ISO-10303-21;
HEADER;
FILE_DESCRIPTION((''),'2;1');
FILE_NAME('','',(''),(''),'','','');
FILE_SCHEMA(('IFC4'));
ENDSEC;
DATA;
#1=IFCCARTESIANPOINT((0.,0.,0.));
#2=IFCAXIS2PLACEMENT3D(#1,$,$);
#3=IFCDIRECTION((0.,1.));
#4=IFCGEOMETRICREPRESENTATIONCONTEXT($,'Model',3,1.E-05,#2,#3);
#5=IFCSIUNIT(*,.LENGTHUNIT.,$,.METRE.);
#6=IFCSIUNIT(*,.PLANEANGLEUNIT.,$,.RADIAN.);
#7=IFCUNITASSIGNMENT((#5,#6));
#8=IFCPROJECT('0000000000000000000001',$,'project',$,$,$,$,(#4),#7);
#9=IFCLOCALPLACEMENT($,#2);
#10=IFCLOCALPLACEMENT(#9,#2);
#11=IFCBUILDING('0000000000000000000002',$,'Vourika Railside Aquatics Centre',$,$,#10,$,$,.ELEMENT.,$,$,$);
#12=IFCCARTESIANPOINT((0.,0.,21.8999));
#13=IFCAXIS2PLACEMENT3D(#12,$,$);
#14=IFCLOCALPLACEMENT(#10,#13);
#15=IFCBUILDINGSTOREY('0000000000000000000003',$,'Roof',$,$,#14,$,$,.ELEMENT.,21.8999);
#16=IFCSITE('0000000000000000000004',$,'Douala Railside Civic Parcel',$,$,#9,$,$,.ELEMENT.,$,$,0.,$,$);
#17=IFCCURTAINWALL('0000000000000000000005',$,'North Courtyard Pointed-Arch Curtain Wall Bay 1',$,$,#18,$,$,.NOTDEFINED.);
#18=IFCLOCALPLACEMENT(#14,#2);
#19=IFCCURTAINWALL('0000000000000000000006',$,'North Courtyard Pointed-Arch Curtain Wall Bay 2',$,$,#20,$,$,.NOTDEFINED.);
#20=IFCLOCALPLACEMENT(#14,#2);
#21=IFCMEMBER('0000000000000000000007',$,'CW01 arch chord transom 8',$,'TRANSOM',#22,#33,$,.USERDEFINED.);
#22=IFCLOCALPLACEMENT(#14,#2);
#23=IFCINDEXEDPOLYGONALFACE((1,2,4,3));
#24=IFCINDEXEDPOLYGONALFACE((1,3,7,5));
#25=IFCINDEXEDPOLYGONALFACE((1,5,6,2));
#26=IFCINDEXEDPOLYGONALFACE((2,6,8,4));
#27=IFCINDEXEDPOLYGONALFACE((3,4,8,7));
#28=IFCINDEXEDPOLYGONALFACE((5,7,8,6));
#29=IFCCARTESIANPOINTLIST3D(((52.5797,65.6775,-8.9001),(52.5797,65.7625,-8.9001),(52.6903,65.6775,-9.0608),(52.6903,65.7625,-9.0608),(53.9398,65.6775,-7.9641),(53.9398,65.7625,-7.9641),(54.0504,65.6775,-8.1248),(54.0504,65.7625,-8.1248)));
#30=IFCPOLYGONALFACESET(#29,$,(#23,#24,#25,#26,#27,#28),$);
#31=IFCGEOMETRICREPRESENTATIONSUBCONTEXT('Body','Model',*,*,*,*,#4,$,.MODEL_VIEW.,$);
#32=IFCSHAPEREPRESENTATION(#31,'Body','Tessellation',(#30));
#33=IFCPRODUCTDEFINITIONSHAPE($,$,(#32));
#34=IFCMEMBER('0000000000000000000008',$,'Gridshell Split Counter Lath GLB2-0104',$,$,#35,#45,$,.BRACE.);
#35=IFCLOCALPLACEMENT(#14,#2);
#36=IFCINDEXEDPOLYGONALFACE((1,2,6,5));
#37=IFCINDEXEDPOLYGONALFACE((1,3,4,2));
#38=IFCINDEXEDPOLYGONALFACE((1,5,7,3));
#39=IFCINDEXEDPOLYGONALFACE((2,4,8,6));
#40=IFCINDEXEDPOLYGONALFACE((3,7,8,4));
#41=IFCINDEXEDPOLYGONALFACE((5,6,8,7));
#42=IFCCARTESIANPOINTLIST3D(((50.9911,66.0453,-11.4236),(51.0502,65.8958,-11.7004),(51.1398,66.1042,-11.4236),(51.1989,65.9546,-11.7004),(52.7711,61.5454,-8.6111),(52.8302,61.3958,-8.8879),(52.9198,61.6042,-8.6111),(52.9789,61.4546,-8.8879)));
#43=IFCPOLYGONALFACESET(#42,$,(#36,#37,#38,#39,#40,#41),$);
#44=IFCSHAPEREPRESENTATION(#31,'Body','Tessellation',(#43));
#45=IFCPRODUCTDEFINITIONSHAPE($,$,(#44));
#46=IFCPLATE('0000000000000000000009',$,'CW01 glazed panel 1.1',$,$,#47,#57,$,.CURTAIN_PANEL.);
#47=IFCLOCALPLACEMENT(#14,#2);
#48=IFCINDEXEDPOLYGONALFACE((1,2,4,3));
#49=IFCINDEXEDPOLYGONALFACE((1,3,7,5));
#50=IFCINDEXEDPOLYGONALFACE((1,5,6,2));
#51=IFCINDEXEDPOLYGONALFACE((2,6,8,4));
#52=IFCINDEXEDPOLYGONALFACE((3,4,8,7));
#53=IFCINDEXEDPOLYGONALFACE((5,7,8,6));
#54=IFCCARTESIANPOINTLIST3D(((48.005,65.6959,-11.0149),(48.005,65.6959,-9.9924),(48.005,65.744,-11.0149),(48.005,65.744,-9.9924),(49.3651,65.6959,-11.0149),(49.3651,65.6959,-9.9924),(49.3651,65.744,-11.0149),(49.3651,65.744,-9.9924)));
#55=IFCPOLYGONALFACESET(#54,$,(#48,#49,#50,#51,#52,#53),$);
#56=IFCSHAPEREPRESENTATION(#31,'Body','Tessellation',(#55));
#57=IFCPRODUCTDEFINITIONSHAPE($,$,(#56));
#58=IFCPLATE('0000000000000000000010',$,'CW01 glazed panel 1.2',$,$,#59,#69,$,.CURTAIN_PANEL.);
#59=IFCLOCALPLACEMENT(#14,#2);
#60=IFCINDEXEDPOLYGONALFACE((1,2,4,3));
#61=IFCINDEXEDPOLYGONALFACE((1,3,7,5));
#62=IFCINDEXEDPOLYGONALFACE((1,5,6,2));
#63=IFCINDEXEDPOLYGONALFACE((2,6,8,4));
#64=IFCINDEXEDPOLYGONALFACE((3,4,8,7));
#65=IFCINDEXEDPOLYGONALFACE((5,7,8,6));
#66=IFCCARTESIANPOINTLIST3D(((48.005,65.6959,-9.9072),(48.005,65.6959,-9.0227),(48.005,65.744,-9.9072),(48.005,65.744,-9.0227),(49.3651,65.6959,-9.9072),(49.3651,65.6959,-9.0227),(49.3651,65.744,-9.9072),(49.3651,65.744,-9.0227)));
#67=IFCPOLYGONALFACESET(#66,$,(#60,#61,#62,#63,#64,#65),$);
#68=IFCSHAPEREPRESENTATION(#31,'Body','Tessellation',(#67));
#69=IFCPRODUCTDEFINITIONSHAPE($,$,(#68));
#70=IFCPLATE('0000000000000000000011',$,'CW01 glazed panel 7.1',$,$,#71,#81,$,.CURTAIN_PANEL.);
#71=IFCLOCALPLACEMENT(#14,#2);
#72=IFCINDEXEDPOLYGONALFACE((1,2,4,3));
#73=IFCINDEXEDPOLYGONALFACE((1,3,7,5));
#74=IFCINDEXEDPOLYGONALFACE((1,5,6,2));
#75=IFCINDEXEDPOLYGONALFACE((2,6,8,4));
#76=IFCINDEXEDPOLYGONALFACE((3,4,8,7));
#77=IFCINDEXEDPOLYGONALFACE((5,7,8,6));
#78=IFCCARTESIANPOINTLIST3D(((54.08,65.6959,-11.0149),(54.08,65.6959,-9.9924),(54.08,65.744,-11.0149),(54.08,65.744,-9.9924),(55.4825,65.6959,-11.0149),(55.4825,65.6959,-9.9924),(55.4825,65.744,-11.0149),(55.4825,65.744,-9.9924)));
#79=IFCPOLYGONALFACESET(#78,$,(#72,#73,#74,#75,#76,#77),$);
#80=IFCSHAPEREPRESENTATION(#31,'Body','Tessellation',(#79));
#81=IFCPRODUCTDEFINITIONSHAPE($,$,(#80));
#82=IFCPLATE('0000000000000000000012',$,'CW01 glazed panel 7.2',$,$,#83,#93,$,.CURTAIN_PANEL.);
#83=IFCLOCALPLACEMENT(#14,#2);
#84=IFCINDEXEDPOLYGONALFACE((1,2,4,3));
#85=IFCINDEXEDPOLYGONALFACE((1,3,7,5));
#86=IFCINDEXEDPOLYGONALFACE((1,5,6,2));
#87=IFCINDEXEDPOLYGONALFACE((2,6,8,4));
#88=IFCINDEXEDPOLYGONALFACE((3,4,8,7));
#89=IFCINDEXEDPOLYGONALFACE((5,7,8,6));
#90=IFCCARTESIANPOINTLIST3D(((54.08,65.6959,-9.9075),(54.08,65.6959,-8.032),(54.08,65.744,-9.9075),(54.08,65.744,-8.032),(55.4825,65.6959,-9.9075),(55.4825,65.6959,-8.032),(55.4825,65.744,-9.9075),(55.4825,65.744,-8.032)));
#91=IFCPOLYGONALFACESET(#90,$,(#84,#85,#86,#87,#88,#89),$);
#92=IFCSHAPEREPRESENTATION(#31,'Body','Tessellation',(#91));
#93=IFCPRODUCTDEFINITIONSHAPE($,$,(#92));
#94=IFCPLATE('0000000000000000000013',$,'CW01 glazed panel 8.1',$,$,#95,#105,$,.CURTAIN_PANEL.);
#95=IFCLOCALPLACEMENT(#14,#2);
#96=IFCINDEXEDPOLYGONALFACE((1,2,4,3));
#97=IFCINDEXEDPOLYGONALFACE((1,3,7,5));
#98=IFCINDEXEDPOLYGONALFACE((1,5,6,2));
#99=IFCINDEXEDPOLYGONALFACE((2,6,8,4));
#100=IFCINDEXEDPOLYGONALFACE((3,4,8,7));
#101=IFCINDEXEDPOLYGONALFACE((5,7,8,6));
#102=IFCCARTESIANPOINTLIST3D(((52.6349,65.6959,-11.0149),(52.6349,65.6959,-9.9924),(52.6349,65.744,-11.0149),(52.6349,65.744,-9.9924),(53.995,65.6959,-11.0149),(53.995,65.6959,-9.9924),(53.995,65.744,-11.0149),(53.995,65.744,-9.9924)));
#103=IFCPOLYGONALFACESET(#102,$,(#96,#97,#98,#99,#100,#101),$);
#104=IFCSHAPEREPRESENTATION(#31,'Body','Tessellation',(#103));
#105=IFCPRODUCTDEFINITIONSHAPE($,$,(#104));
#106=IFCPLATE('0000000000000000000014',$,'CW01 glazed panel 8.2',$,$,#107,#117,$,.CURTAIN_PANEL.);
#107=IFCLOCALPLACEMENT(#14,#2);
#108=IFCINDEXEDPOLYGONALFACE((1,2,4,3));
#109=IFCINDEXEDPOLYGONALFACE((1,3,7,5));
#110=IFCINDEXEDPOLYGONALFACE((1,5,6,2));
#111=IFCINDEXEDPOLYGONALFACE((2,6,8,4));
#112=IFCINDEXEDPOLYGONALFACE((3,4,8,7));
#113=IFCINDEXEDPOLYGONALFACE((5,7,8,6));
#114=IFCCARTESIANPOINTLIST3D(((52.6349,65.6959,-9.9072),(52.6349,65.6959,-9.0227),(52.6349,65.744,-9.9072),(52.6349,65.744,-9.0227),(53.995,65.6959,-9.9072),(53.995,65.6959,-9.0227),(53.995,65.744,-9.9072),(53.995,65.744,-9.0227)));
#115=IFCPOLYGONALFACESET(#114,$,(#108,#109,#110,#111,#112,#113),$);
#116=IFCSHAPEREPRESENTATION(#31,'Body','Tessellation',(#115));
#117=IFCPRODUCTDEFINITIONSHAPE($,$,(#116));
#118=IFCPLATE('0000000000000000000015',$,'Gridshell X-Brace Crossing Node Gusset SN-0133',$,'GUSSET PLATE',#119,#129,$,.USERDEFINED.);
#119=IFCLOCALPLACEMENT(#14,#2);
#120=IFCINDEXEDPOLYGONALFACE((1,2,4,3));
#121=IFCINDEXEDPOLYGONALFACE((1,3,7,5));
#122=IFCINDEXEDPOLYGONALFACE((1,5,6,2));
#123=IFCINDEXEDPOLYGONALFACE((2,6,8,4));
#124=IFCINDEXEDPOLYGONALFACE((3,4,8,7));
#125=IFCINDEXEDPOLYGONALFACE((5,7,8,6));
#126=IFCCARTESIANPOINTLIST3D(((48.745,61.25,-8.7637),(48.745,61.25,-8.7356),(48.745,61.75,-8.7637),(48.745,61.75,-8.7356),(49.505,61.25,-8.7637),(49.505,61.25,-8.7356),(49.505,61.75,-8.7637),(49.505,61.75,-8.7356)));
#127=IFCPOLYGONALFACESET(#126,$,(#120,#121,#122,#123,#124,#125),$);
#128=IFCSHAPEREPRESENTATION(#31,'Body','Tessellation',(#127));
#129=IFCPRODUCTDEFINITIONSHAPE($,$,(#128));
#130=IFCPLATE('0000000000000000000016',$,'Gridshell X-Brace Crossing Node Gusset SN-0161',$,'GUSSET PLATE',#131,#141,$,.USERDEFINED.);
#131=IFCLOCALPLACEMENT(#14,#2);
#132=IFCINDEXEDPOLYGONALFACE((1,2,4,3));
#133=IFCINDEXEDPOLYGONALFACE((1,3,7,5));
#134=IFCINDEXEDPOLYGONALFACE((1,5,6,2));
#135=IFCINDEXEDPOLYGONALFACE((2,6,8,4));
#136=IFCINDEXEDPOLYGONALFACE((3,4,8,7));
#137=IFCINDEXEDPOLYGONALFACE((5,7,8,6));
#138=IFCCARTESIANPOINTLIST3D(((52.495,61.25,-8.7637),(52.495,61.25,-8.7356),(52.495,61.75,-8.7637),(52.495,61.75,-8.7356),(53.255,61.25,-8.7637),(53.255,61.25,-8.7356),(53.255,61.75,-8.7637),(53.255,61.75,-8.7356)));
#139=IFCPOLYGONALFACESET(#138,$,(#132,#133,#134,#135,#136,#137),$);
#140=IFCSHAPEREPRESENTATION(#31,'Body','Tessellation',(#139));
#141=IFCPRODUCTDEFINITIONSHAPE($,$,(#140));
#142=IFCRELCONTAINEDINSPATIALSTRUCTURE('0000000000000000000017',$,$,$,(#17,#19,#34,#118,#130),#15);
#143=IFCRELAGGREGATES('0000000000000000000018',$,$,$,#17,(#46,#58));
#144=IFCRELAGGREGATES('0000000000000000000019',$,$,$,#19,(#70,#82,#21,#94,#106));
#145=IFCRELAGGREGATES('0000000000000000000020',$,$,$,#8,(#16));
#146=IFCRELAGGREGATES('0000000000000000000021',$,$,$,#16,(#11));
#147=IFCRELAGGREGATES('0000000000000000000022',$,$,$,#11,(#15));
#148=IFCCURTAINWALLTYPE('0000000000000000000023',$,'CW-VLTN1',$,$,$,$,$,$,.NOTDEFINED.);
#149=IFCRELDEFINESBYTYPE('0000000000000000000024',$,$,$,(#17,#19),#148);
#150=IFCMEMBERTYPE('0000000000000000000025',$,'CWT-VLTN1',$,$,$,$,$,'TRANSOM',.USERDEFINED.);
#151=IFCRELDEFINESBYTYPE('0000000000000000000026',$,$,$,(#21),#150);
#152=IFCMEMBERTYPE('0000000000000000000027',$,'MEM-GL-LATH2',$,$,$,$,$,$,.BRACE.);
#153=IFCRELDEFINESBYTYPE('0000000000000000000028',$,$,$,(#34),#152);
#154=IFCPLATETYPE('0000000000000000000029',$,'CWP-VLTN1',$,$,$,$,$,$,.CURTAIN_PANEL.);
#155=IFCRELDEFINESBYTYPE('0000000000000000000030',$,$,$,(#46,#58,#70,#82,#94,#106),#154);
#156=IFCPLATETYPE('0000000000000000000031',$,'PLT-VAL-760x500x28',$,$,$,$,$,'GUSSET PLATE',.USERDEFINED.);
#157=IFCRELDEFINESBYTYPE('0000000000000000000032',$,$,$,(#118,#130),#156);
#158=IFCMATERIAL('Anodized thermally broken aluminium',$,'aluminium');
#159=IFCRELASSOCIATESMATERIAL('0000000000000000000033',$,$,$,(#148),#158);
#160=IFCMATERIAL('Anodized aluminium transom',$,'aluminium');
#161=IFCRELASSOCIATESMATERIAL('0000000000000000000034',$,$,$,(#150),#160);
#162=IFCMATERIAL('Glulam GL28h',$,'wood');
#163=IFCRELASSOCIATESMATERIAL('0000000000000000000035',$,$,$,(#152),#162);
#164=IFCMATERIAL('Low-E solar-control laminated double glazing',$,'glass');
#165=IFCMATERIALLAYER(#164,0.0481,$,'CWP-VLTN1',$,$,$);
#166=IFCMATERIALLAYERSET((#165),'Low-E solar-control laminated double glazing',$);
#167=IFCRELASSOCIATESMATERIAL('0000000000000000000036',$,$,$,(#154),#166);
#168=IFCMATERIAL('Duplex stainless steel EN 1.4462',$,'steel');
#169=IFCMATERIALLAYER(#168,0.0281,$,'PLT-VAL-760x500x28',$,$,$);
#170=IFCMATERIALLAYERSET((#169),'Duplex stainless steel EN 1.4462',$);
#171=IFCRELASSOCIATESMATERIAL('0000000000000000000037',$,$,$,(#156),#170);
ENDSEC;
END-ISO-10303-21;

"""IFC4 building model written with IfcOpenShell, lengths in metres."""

from ifc_helpers import new_model, si_unit, direction, frame, origin, origin_2d, place, context, subcontext, project, spatial, rectangle, extrude, material, layer, layer_set, material_profile, profile_set, type_object, element, aggregate, save


model = new_model("IFC4")

# Units and contexts
model_context = context("Model", 3, precision=1e-05, world=origin(), true_north=direction((0.0, 1.0)))
body_context = subcontext(model_context, "Body", "Model", "MODEL_VIEW")
ifc_project = project(units=[si_unit("LENGTHUNIT", "METRE"), si_unit("PLANEANGLEUNIT", "RADIAN")], contexts=[model_context])

# Site, building, storey
site_placement = place(None, origin())
site = spatial("IfcSite", under=ifc_project, at=site_placement, Name="Douala Railside Civic Parcel", CompositionType="ELEMENT", RefElevation=0.0)
building_placement = place(site_placement, origin())
building = spatial("IfcBuilding", under=site, at=building_placement, Name="Vourika Railside Aquatics Centre", CompositionType="ELEMENT")
storey_placement = place(building_placement, frame((0.0, 0.0, 21.8999)))
storey = spatial("IfcBuildingStorey", under=building, at=storey_placement, Name="Roof", CompositionType="ELEMENT", Elevation=21.8999)

# Curtain walls
ifc_material_1 = material(Name="Anodized thermally broken aluminium", Category="aluminium")
curtain_wall_type = type_object("IfcCurtainWallType", Name="CW-VLTN1", PredefinedType="NOTDEFINED", material=ifc_material_1)
curtain_wall_1_placement = place(storey_placement, origin())
curtain_wall_1 = element("IfcCurtainWall", 1, at=curtain_wall_1_placement, inside=storey, type_object=curtain_wall_type, Name="North Courtyard Pointed-Arch Curtain Wall Bay 1", PredefinedType="NOTDEFINED")
curtain_wall_2_placement = place(storey_placement, origin())
curtain_wall_2 = element("IfcCurtainWall", 2, at=curtain_wall_2_placement, inside=storey, type_object=curtain_wall_type, Name="North Courtyard Pointed-Arch Curtain Wall Bay 2", PredefinedType="NOTDEFINED")

# Members
ifc_material_2 = material(Name="Anodized aluminium transom", Category="aluminium")
ifc_material_profile_1 = material_profile(ifc_material_2, rectangle(XDim=0.085, YDim=0.1951, at=origin_2d()), Name="ALU-T 85x195")
ifc_profile_set_1 = profile_set([ifc_material_profile_1], Name="Anodized aluminium transom")
member_type_1 = type_object("IfcMemberType", Name="CWT-VLTN1", ElementType="TRANSOM", PredefinedType="USERDEFINED", material=ifc_profile_set_1)
member_1_placement = place(storey_placement, frame((53.9951, 65.72, -8.0444), z_axis=(-0.82377, 0.0, -0.566924), x_axis=(0.0, -1.0, 0.0)))
member_1 = element("IfcMember", 3, at=member_1_placement, type_object=member_type_1, Name="CW01 arch chord transom 8", ObjectType="TRANSOM", PredefinedType="USERDEFINED", context=body_context, shape_type="SweptSolid", body=[
    extrude(rectangle(XDim=0.085, YDim=0.1951, at=origin_2d()), origin(), (0.0, 0.0, 1.0), 1.6511),
])
ifc_material_3 = material(Name="Glulam GL28h", Category="wood")
ifc_material_profile_2 = material_profile(ifc_material_3, rectangle(XDim=0.1599, YDim=0.3201, at=origin_2d()), Name="GL28h 160x320")
ifc_profile_set_2 = profile_set([ifc_material_profile_2], Name="Glulam GL28h")
member_type_2 = type_object("IfcMemberType", Name="MEM-GL-LATH2", PredefinedType="BRACE", material=ifc_profile_set_2)
member_2_placement = place(storey_placement, frame((52.875, 61.5, -8.7495), z_axis=(-0.318021, 0.803973, -0.502483), x_axis=(-0.929893, -0.36783, 0.0)))
element("IfcMember", 4, at=member_2_placement, inside=storey, type_object=member_type_2, Name="Gridshell Split Counter Lath GLB2-0104", PredefinedType="BRACE", context=body_context, shape_type="SweptSolid", body=[
    extrude(rectangle(XDim=0.1599, YDim=0.3201, at=origin_2d()), origin(), (0.0, 0.0, 1.0), 5.5972),
])

# Plates
ifc_material_4 = material(Name="Low-E solar-control laminated double glazing", Category="glass")
ifc_layer_1 = layer(ifc_material_4, 0.0481, Name="CWP-VLTN1")
ifc_layer_set_1 = layer_set([ifc_layer_1], Name="Low-E solar-control laminated double glazing")
plate_type_1 = type_object("IfcPlateType", Name="CWP-VLTN1", PredefinedType="CURTAIN_PANEL", material=ifc_layer_set_1)
plate_1_placement = place(storey_placement, frame((48.6851, 65.72, -11.0149), z_axis=(0.0, 0.0, 1.0), x_axis=(-1.0, 0.0, 0.0)))
plate_1 = element("IfcPlate", 5, at=plate_1_placement, type_object=plate_type_1, Name="CW01 glazed panel 1.1", PredefinedType="CURTAIN_PANEL", context=body_context, shape_type="SweptSolid", body=[
    extrude(rectangle(XDim=1.3601, YDim=0.0481, at=origin_2d()), origin(), (0.0, 0.0, 1.0), 1.0225),
])
plate_2_placement = place(storey_placement, frame((48.6851, 65.72, -9.9072), z_axis=(0.0, 0.0, 1.0), x_axis=(-1.0, 0.0, 0.0)))
plate_2 = element("IfcPlate", 6, at=plate_2_placement, type_object=plate_type_1, Name="CW01 glazed panel 1.2", PredefinedType="CURTAIN_PANEL", context=body_context, shape_type="SweptSolid", body=[
    extrude(rectangle(XDim=1.3601, YDim=0.0481, at=origin_2d()), origin(), (0.0, 0.0, 1.0), 0.8845),
])
aggregate(curtain_wall_1, [plate_1, plate_2])
plate_3_placement = place(storey_placement, frame((54.7812, 65.72, -11.0149), z_axis=(0.0, 0.0, 1.0), x_axis=(-1.0, 0.0, 0.0)))
plate_3 = element("IfcPlate", 7, at=plate_3_placement, type_object=plate_type_1, Name="CW01 glazed panel 7.1", PredefinedType="CURTAIN_PANEL", context=body_context, shape_type="SweptSolid", body=[
    extrude(rectangle(XDim=1.4026, YDim=0.0481, at=origin_2d()), origin(), (0.0, 0.0, 1.0), 1.0225),
])
plate_4_placement = place(storey_placement, frame((54.7812, 65.72, -9.9075), z_axis=(0.0, 0.0, 1.0), x_axis=(-1.0, 0.0, 0.0)))
plate_4 = element("IfcPlate", 8, at=plate_4_placement, type_object=plate_type_1, Name="CW01 glazed panel 7.2", PredefinedType="CURTAIN_PANEL", context=body_context, shape_type="SweptSolid", body=[
    extrude(rectangle(XDim=1.4026, YDim=0.0481, at=origin_2d()), origin(), (0.0, 0.0, 1.0), 1.8755),
])
plate_5_placement = place(storey_placement, frame((53.3149, 65.72, -11.0149), z_axis=(0.0, 0.0, 1.0), x_axis=(-1.0, 0.0, 0.0)))
plate_5 = element("IfcPlate", 9, at=plate_5_placement, type_object=plate_type_1, Name="CW01 glazed panel 8.1", PredefinedType="CURTAIN_PANEL", context=body_context, shape_type="SweptSolid", body=[
    extrude(rectangle(XDim=1.3601, YDim=0.0481, at=origin_2d()), origin(), (0.0, 0.0, 1.0), 1.0225),
])
plate_6_placement = place(storey_placement, frame((53.3149, 65.72, -9.9072), z_axis=(0.0, 0.0, 1.0), x_axis=(-1.0, 0.0, 0.0)))
plate_6 = element("IfcPlate", 10, at=plate_6_placement, type_object=plate_type_1, Name="CW01 glazed panel 8.2", PredefinedType="CURTAIN_PANEL", context=body_context, shape_type="SweptSolid", body=[
    extrude(rectangle(XDim=1.3601, YDim=0.0481, at=origin_2d()), origin(), (0.0, 0.0, 1.0), 0.8845),
])
aggregate(curtain_wall_2, [plate_3, plate_4, member_1, plate_5, plate_6])

# Plates
ifc_material_5 = material(Name="Duplex stainless steel EN 1.4462", Category="steel")
ifc_layer_2 = layer(ifc_material_5, 0.0281, Name="PLT-VAL-760x500x28")
ifc_layer_set_2 = layer_set([ifc_layer_2], Name="Duplex stainless steel EN 1.4462")
plate_type_2 = type_object("IfcPlateType", Name="PLT-VAL-760x500x28", ElementType="GUSSET PLATE", PredefinedType="USERDEFINED", material=ifc_layer_set_2)
for number, where, z_axis, x_axis, name in (
    (11, (49.125, 61.5, -8.7637), (0.0, 0.0, 1.0), (1.0, 0.0, 0.0), "Gridshell X-Brace Crossing Node Gusset SN-0133"),
    (12, (52.875, 61.5, -8.7637), (0.0, 0.0, 1.0), (1.0, 0.0, 0.0), "Gridshell X-Brace Crossing Node Gusset SN-0161"),
):
    element("IfcPlate", number, at=place(storey_placement, frame(where, z_axis=z_axis, x_axis=x_axis)), inside=storey, type_object=plate_type_2, Name=name, ObjectType="GUSSET PLATE", PredefinedType="USERDEFINED", context=body_context, shape_type="SweptSolid", body=[
        extrude(rectangle(XDim=0.76, YDim=0.5, at=origin_2d()), origin(), (0.0, 0.0, 1.0), 0.0281),
    ])

save(model, "model.ifc")
